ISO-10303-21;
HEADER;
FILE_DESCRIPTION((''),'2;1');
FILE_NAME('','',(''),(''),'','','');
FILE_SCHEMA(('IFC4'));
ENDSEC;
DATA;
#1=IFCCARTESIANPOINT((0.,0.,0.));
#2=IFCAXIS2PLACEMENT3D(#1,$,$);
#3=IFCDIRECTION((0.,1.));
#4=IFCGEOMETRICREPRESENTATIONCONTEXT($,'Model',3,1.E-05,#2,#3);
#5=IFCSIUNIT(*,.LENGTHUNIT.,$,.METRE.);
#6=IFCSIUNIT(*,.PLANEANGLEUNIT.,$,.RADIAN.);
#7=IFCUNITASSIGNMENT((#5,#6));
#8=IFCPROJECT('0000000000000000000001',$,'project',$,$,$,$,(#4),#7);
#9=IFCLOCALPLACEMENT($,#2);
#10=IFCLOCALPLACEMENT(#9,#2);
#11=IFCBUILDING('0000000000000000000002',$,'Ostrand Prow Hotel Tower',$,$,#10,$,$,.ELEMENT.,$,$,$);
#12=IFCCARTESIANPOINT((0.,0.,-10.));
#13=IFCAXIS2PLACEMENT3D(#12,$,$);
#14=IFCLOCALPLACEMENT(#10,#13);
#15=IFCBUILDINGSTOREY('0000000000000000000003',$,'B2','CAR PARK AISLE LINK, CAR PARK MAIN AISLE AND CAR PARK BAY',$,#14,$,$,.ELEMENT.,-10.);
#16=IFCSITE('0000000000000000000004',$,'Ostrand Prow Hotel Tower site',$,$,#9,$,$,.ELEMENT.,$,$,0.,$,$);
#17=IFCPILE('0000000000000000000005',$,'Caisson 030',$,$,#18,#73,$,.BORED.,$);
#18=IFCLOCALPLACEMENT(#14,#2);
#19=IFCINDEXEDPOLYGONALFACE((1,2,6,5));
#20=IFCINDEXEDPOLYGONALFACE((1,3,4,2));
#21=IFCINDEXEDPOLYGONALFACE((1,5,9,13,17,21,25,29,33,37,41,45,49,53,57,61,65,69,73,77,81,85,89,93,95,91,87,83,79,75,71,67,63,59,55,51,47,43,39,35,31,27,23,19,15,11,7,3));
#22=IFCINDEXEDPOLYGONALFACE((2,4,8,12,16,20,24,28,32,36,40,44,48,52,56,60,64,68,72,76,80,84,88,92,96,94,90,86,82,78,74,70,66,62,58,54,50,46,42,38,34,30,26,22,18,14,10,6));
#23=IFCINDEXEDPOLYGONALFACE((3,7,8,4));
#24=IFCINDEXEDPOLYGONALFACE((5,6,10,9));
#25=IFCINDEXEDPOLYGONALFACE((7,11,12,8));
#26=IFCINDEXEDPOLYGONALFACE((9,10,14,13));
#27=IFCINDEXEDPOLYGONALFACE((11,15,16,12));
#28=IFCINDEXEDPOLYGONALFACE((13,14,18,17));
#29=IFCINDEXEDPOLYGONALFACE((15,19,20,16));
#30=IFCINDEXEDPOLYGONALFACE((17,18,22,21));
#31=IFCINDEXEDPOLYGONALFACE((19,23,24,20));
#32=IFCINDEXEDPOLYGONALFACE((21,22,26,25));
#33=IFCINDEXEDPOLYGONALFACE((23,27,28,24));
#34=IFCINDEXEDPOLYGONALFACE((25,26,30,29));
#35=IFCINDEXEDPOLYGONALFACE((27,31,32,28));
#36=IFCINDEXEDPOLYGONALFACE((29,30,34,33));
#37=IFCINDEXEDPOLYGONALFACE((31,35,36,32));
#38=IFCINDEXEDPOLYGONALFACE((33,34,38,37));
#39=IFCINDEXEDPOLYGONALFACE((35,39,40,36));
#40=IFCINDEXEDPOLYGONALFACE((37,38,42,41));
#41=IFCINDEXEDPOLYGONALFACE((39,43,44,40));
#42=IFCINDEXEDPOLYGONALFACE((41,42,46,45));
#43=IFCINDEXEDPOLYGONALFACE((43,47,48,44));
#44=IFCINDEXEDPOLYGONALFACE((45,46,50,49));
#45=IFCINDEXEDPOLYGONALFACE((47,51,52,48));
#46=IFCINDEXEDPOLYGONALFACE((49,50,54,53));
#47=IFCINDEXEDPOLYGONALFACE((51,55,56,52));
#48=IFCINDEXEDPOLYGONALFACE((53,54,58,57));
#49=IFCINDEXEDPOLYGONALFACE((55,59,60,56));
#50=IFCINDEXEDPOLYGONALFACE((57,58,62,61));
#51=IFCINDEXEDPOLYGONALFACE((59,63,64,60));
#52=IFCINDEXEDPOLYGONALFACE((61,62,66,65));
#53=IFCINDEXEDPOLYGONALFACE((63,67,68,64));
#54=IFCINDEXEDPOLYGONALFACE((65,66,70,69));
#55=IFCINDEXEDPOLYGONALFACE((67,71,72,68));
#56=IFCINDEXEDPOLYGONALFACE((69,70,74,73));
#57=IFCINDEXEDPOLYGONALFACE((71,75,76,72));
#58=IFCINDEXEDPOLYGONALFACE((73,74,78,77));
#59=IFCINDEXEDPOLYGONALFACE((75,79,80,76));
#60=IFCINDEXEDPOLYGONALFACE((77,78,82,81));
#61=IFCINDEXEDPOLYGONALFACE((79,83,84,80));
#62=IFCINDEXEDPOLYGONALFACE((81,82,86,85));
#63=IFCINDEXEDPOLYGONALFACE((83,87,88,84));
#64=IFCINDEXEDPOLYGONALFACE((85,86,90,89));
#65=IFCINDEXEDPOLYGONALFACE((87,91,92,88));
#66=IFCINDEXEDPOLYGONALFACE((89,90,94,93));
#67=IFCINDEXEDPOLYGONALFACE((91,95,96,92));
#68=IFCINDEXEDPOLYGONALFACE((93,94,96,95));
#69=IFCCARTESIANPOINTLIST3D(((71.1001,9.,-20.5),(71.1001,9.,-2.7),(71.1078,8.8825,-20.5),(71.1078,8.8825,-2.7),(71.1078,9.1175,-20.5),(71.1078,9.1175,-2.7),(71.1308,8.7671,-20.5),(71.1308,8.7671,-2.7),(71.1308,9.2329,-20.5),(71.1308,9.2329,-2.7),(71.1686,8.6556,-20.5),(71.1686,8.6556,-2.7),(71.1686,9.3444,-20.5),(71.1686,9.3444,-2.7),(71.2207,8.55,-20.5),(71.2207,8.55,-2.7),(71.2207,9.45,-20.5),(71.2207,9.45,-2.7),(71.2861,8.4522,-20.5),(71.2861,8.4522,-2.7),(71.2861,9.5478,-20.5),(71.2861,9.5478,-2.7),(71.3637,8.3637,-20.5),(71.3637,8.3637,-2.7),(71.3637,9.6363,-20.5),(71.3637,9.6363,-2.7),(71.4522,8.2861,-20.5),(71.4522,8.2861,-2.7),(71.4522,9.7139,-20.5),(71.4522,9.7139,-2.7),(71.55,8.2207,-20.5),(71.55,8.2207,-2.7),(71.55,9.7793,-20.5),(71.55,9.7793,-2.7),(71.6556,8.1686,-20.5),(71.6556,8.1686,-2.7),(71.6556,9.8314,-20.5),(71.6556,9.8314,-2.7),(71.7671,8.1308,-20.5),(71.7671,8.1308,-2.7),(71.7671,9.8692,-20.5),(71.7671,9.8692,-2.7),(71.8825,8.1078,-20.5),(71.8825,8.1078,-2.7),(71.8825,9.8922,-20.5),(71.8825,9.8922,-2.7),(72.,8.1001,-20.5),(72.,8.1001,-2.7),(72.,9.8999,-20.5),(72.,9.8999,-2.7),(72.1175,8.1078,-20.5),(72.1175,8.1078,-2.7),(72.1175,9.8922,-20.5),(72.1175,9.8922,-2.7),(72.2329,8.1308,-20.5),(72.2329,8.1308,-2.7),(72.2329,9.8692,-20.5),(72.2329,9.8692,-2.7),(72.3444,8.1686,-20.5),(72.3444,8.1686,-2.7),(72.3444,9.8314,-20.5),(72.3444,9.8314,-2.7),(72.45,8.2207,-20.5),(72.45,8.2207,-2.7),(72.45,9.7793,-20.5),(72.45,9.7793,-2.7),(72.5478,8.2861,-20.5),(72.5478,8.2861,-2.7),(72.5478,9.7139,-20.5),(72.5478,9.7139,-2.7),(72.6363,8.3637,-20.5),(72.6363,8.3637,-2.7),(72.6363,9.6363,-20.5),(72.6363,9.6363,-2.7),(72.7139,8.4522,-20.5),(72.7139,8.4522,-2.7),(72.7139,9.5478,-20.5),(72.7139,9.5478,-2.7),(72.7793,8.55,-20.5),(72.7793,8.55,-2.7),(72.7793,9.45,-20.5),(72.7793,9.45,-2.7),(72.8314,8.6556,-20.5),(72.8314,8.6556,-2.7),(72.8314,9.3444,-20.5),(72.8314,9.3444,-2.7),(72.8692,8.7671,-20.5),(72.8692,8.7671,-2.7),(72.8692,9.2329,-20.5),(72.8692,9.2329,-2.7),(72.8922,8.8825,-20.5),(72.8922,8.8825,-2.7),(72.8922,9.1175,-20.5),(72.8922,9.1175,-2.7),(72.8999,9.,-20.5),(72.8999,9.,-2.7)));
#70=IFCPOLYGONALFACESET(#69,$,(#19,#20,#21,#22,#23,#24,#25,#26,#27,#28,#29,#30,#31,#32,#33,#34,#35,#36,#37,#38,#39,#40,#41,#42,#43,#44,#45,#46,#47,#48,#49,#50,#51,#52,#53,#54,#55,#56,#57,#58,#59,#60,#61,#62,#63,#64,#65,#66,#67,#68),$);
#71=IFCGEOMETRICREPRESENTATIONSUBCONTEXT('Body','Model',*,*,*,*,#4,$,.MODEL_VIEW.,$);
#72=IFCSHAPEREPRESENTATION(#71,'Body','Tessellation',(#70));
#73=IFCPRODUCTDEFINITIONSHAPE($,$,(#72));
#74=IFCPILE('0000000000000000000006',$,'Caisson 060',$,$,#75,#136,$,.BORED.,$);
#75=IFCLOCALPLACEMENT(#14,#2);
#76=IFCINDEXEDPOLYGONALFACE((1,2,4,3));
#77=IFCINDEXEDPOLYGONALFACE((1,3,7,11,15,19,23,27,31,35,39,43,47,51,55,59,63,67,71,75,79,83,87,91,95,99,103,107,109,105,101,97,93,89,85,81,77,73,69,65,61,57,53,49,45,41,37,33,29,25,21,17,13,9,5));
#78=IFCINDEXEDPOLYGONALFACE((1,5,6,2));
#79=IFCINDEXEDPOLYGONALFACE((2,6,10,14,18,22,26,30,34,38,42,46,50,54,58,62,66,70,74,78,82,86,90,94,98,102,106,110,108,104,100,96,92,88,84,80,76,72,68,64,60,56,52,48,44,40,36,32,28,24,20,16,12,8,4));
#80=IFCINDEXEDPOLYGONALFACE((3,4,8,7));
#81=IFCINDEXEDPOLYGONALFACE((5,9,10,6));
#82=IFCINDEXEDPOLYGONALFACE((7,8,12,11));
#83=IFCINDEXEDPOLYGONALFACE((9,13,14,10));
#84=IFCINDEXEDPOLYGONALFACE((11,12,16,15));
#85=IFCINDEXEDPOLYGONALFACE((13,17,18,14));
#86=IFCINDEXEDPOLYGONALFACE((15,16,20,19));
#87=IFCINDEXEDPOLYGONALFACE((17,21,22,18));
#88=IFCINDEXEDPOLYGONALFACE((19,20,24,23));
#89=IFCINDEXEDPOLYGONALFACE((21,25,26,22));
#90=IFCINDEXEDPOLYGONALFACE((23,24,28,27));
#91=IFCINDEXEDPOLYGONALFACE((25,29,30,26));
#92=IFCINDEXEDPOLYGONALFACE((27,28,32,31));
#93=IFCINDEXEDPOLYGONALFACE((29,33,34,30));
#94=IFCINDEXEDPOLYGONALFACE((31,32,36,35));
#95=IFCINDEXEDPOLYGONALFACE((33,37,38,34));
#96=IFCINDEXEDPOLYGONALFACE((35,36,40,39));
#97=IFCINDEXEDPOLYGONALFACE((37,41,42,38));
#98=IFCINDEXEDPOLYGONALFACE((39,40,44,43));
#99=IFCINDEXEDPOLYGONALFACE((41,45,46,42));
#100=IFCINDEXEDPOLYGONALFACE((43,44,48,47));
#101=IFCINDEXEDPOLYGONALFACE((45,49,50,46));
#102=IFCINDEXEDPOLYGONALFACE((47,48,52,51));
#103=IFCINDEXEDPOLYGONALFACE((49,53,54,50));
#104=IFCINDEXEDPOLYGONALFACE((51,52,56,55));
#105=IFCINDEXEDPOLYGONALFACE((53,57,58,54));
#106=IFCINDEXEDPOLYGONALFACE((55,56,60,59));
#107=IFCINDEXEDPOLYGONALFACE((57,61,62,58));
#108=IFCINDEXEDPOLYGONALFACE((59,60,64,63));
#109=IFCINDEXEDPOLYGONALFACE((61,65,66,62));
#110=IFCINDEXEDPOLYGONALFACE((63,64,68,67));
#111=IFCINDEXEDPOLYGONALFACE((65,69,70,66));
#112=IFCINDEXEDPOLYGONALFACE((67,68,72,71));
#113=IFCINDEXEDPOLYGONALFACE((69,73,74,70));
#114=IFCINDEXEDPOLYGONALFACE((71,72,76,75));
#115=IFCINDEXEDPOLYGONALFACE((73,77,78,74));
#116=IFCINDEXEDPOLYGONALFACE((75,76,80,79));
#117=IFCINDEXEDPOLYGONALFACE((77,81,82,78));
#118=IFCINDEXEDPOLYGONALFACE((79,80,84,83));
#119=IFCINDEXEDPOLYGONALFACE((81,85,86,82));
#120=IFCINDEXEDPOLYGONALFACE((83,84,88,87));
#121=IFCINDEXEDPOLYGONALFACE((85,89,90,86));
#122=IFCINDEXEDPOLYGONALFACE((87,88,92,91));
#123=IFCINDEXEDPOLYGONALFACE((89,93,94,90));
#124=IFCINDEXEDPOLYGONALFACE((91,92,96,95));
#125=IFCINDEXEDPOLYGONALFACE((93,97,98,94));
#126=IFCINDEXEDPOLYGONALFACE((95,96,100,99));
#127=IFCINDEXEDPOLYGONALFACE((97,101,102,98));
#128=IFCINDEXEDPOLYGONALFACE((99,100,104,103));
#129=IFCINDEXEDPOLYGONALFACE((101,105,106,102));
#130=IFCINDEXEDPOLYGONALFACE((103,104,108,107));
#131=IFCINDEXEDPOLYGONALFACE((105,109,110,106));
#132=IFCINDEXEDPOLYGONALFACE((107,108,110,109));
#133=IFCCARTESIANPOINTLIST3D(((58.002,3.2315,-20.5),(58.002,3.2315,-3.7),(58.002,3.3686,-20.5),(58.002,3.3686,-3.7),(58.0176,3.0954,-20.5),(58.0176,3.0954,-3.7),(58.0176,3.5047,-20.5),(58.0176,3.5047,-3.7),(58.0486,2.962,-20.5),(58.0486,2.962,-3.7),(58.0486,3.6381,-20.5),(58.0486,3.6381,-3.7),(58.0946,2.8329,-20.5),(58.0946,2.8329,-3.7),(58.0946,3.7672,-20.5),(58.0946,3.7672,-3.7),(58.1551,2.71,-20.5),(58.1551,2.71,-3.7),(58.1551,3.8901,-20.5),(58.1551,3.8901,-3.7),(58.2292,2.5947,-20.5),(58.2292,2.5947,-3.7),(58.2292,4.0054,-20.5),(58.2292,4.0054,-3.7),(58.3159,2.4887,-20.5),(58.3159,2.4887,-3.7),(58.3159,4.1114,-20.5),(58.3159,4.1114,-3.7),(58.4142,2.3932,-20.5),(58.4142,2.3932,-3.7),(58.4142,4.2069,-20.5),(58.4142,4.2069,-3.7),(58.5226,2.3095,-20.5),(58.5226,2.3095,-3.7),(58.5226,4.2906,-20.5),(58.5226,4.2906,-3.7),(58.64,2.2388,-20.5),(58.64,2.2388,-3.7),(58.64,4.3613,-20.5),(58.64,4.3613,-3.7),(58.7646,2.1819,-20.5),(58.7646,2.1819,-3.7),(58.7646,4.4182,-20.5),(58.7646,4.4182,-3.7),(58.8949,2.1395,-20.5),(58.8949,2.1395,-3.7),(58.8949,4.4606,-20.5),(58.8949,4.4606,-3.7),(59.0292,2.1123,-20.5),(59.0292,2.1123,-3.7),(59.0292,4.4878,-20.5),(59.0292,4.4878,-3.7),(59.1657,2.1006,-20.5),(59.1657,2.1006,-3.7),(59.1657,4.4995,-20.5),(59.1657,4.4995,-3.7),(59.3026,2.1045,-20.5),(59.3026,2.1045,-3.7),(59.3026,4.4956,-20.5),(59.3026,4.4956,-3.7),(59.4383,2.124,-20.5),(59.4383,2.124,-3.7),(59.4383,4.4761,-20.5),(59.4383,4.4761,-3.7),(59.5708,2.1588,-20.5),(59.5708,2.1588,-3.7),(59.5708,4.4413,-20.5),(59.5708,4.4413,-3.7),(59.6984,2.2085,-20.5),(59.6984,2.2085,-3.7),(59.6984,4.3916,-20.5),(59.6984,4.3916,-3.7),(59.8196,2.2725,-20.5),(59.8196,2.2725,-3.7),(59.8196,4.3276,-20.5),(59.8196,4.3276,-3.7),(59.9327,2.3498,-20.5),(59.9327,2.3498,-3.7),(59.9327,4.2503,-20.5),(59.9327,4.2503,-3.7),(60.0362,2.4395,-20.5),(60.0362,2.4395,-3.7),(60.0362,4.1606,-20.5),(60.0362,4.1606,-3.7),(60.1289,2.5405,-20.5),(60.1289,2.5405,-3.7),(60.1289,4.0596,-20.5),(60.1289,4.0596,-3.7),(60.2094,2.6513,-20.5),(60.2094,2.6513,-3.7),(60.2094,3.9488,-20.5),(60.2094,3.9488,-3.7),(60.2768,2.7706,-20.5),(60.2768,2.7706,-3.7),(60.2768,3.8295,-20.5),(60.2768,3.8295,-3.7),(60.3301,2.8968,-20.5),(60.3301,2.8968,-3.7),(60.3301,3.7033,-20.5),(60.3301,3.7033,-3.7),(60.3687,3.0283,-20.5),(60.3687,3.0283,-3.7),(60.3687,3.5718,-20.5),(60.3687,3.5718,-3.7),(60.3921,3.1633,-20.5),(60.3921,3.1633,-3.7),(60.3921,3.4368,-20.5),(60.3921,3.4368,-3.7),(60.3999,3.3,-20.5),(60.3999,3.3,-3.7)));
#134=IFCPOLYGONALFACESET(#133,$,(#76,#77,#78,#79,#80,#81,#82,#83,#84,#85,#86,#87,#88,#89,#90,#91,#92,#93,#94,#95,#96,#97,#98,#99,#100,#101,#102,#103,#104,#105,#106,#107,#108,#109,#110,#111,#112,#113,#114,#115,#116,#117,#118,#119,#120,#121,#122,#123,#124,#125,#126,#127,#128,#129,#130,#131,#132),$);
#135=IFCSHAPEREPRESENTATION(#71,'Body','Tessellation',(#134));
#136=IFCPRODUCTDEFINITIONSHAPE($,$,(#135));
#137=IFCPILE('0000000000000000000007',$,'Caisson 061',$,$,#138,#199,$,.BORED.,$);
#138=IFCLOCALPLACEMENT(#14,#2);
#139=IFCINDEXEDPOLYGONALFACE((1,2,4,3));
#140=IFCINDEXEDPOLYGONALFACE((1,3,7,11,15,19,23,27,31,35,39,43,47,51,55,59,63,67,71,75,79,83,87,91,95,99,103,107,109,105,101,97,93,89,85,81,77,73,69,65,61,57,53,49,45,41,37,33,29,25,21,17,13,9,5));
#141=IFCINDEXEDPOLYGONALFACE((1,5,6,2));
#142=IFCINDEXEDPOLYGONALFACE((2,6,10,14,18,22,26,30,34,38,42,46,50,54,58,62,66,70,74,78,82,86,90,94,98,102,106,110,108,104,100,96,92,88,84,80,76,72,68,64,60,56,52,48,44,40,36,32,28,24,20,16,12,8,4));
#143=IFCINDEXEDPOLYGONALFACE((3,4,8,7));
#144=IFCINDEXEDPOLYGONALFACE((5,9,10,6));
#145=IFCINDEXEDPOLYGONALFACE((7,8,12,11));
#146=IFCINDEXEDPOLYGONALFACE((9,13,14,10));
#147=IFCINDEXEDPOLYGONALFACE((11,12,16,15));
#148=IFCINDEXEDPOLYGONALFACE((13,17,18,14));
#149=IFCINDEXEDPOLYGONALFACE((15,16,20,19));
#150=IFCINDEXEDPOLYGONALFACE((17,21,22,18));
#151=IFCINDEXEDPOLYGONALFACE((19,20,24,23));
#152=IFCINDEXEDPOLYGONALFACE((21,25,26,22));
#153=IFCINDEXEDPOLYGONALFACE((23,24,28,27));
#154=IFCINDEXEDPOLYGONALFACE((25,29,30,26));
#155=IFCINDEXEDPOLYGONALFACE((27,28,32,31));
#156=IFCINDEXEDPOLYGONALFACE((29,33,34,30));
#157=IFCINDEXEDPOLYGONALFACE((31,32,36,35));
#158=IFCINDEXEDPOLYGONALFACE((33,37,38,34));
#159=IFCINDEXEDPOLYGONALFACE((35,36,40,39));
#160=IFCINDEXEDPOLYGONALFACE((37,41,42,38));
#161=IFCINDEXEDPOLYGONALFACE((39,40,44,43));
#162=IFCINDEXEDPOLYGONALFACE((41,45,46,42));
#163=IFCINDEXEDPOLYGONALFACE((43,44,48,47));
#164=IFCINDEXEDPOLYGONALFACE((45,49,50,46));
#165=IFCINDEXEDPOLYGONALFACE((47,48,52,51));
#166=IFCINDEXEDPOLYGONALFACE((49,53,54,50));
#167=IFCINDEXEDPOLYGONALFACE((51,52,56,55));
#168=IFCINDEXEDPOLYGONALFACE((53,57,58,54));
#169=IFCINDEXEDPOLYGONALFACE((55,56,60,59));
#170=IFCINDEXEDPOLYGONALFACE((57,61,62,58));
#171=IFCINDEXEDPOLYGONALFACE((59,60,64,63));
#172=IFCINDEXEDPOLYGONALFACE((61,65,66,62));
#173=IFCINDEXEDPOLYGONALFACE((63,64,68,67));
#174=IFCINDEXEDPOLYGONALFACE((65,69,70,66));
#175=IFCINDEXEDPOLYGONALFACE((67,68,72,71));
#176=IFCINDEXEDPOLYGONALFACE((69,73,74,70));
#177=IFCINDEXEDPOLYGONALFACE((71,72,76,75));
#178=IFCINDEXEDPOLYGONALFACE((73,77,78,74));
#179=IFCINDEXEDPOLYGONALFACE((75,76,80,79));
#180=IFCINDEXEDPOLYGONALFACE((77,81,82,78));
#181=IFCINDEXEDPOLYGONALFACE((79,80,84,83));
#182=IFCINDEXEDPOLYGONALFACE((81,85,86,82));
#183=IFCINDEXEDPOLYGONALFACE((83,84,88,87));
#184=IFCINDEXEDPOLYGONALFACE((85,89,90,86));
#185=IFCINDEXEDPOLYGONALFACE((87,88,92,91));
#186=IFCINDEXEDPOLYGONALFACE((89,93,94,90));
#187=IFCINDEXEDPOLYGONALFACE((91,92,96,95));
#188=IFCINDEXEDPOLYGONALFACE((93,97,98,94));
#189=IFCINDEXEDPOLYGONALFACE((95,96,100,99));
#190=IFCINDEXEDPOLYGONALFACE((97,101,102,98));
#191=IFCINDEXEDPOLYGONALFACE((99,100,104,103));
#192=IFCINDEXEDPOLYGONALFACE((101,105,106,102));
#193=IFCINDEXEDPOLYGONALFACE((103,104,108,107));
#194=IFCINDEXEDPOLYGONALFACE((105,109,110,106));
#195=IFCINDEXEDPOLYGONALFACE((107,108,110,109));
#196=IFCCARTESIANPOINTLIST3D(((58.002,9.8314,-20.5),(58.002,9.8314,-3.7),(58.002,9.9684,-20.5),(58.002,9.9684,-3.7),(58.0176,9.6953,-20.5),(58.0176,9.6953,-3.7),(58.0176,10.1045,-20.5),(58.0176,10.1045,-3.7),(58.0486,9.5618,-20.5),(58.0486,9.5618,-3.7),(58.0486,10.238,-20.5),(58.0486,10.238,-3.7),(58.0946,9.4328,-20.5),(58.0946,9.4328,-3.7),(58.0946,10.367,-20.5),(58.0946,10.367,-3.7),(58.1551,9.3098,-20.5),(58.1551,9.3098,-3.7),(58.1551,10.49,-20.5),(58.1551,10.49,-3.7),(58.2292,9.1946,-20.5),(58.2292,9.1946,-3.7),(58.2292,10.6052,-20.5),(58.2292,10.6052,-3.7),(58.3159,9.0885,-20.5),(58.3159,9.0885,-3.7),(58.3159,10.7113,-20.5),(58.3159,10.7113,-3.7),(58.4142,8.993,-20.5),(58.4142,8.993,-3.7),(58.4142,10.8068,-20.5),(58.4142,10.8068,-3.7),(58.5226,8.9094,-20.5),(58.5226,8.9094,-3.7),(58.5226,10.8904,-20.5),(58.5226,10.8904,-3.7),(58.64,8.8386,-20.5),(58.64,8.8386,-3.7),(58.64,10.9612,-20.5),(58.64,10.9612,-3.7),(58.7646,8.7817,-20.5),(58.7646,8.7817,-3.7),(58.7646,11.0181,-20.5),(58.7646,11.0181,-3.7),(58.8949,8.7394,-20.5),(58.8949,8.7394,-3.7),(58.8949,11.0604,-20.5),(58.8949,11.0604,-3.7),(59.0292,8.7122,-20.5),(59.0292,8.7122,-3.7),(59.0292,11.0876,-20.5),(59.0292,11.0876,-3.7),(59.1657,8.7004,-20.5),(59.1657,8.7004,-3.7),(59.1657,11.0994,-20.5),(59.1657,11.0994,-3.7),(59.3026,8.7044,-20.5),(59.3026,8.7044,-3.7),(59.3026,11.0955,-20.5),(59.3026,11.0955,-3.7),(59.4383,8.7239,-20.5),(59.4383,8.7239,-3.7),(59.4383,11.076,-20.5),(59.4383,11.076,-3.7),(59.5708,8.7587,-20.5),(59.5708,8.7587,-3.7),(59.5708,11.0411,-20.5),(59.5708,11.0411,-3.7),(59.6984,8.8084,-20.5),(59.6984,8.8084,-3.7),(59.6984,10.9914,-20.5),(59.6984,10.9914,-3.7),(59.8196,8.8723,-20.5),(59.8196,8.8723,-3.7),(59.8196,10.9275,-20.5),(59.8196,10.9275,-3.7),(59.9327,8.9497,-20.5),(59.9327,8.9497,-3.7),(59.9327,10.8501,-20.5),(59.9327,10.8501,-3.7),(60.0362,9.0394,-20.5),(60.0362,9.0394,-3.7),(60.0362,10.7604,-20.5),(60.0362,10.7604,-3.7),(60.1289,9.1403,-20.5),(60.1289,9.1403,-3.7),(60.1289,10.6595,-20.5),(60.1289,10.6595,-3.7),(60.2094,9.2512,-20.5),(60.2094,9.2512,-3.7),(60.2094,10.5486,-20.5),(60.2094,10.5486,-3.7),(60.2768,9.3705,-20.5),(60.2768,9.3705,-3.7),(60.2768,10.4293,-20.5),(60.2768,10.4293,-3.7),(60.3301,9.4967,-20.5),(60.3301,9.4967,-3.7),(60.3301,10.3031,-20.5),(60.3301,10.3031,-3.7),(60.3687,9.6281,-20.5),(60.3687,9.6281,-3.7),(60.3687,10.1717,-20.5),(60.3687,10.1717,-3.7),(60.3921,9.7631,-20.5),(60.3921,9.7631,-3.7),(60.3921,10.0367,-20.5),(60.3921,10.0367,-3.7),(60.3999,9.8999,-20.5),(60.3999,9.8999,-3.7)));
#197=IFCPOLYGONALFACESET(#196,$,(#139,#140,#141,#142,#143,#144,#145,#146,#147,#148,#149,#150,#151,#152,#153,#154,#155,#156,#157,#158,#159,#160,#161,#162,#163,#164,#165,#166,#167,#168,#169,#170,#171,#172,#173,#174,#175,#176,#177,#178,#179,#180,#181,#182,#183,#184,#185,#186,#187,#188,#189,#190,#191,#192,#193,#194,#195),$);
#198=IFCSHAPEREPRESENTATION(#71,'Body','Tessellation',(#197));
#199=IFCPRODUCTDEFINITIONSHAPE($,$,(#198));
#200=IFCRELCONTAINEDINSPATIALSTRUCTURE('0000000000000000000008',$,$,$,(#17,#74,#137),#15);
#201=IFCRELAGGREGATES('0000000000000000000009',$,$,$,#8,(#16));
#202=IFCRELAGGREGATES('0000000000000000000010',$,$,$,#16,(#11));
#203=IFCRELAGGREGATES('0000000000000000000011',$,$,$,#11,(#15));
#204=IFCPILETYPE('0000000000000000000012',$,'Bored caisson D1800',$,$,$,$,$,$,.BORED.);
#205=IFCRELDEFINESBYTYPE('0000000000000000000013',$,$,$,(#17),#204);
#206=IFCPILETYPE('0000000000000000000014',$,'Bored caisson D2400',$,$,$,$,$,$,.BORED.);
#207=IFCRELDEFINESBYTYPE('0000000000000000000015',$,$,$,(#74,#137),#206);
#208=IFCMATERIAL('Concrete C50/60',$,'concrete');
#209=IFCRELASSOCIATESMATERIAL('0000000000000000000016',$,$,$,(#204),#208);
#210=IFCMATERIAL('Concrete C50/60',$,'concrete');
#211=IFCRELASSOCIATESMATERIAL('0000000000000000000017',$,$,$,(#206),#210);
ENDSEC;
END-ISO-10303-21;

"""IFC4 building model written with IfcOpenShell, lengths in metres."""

from ifc_helpers import new_model, si_unit, direction, frame, origin, origin_2d, place, context, subcontext, project, spatial, circle, extrude, material, type_object, element, save


model = new_model("IFC4")

# Units and contexts
model_context = context("Model", 3, precision=1e-05, world=origin(), true_north=direction((0.0, 1.0)))
body_context = subcontext(model_context, "Body", "Model", "MODEL_VIEW")
ifc_project = project(units=[si_unit("LENGTHUNIT", "METRE"), si_unit("PLANEANGLEUNIT", "RADIAN")], contexts=[model_context])

# Site, building, storey
site_placement = place(None, origin())
site = spatial("IfcSite", under=ifc_project, at=site_placement, Name="Ostrand Prow Hotel Tower site", CompositionType="ELEMENT", RefElevation=0.0)
building_placement = place(site_placement, origin())
building = spatial("IfcBuilding", under=site, at=building_placement, Name="Ostrand Prow Hotel Tower", CompositionType="ELEMENT")
storey_placement = place(building_placement, frame((0.0, 0.0, -10.0)))
storey = spatial("IfcBuildingStorey", under=building, at=storey_placement, Name="B2", Description="CAR PARK AISLE LINK, CAR PARK MAIN AISLE AND CAR PARK BAY", CompositionType="ELEMENT", Elevation=-10.0)

# Piles
ifc_material_1 = material(Name="Concrete C50/60", Category="concrete")
pile_type_1 = type_object("IfcPileType", Name="Bored caisson D1800", PredefinedType="BORED", material=ifc_material_1)
pile_placement = place(storey_placement, frame((72.0, 9.0, -2.7), z_axis=(0.0, 0.0, -1.0), x_axis=(1.0, 0.0, 0.0)))
element("IfcPile", 1, at=pile_placement, inside=storey, type_object=pile_type_1, Name="Caisson 030", PredefinedType="BORED", context=body_context, shape_type="SweptSolid", body=[
    extrude(circle(Radius=0.8999, at=origin_2d()), origin(), (0.0, 0.0, 1.0), 17.8),
])
ifc_material_2 = material(Name="Concrete C50/60", Category="concrete")
pile_type_2 = type_object("IfcPileType", Name="Bored caisson D2400", PredefinedType="BORED", material=ifc_material_2)
for number, where, z_axis, x_axis, name in (
    (2, (59.2, 3.3, -3.7), (0.0, 0.0, -1.0), (1.0, 0.0, 0.0), "Caisson 060"),
    (3, (59.2, 9.8999, -3.7), (0.0, 0.0, -1.0), (1.0, 0.0, 0.0), "Caisson 061"),
):
    element("IfcPile", number, at=place(storey_placement, frame(where, z_axis=z_axis, x_axis=x_axis)), inside=storey, type_object=pile_type_2, Name=name, PredefinedType="BORED", context=body_context, shape_type="SweptSolid", body=[
        extrude(circle(Radius=1.2, at=origin_2d()), origin(), (0.0, 0.0, 1.0), 16.8),
    ])

save(model, "model.ifc")
